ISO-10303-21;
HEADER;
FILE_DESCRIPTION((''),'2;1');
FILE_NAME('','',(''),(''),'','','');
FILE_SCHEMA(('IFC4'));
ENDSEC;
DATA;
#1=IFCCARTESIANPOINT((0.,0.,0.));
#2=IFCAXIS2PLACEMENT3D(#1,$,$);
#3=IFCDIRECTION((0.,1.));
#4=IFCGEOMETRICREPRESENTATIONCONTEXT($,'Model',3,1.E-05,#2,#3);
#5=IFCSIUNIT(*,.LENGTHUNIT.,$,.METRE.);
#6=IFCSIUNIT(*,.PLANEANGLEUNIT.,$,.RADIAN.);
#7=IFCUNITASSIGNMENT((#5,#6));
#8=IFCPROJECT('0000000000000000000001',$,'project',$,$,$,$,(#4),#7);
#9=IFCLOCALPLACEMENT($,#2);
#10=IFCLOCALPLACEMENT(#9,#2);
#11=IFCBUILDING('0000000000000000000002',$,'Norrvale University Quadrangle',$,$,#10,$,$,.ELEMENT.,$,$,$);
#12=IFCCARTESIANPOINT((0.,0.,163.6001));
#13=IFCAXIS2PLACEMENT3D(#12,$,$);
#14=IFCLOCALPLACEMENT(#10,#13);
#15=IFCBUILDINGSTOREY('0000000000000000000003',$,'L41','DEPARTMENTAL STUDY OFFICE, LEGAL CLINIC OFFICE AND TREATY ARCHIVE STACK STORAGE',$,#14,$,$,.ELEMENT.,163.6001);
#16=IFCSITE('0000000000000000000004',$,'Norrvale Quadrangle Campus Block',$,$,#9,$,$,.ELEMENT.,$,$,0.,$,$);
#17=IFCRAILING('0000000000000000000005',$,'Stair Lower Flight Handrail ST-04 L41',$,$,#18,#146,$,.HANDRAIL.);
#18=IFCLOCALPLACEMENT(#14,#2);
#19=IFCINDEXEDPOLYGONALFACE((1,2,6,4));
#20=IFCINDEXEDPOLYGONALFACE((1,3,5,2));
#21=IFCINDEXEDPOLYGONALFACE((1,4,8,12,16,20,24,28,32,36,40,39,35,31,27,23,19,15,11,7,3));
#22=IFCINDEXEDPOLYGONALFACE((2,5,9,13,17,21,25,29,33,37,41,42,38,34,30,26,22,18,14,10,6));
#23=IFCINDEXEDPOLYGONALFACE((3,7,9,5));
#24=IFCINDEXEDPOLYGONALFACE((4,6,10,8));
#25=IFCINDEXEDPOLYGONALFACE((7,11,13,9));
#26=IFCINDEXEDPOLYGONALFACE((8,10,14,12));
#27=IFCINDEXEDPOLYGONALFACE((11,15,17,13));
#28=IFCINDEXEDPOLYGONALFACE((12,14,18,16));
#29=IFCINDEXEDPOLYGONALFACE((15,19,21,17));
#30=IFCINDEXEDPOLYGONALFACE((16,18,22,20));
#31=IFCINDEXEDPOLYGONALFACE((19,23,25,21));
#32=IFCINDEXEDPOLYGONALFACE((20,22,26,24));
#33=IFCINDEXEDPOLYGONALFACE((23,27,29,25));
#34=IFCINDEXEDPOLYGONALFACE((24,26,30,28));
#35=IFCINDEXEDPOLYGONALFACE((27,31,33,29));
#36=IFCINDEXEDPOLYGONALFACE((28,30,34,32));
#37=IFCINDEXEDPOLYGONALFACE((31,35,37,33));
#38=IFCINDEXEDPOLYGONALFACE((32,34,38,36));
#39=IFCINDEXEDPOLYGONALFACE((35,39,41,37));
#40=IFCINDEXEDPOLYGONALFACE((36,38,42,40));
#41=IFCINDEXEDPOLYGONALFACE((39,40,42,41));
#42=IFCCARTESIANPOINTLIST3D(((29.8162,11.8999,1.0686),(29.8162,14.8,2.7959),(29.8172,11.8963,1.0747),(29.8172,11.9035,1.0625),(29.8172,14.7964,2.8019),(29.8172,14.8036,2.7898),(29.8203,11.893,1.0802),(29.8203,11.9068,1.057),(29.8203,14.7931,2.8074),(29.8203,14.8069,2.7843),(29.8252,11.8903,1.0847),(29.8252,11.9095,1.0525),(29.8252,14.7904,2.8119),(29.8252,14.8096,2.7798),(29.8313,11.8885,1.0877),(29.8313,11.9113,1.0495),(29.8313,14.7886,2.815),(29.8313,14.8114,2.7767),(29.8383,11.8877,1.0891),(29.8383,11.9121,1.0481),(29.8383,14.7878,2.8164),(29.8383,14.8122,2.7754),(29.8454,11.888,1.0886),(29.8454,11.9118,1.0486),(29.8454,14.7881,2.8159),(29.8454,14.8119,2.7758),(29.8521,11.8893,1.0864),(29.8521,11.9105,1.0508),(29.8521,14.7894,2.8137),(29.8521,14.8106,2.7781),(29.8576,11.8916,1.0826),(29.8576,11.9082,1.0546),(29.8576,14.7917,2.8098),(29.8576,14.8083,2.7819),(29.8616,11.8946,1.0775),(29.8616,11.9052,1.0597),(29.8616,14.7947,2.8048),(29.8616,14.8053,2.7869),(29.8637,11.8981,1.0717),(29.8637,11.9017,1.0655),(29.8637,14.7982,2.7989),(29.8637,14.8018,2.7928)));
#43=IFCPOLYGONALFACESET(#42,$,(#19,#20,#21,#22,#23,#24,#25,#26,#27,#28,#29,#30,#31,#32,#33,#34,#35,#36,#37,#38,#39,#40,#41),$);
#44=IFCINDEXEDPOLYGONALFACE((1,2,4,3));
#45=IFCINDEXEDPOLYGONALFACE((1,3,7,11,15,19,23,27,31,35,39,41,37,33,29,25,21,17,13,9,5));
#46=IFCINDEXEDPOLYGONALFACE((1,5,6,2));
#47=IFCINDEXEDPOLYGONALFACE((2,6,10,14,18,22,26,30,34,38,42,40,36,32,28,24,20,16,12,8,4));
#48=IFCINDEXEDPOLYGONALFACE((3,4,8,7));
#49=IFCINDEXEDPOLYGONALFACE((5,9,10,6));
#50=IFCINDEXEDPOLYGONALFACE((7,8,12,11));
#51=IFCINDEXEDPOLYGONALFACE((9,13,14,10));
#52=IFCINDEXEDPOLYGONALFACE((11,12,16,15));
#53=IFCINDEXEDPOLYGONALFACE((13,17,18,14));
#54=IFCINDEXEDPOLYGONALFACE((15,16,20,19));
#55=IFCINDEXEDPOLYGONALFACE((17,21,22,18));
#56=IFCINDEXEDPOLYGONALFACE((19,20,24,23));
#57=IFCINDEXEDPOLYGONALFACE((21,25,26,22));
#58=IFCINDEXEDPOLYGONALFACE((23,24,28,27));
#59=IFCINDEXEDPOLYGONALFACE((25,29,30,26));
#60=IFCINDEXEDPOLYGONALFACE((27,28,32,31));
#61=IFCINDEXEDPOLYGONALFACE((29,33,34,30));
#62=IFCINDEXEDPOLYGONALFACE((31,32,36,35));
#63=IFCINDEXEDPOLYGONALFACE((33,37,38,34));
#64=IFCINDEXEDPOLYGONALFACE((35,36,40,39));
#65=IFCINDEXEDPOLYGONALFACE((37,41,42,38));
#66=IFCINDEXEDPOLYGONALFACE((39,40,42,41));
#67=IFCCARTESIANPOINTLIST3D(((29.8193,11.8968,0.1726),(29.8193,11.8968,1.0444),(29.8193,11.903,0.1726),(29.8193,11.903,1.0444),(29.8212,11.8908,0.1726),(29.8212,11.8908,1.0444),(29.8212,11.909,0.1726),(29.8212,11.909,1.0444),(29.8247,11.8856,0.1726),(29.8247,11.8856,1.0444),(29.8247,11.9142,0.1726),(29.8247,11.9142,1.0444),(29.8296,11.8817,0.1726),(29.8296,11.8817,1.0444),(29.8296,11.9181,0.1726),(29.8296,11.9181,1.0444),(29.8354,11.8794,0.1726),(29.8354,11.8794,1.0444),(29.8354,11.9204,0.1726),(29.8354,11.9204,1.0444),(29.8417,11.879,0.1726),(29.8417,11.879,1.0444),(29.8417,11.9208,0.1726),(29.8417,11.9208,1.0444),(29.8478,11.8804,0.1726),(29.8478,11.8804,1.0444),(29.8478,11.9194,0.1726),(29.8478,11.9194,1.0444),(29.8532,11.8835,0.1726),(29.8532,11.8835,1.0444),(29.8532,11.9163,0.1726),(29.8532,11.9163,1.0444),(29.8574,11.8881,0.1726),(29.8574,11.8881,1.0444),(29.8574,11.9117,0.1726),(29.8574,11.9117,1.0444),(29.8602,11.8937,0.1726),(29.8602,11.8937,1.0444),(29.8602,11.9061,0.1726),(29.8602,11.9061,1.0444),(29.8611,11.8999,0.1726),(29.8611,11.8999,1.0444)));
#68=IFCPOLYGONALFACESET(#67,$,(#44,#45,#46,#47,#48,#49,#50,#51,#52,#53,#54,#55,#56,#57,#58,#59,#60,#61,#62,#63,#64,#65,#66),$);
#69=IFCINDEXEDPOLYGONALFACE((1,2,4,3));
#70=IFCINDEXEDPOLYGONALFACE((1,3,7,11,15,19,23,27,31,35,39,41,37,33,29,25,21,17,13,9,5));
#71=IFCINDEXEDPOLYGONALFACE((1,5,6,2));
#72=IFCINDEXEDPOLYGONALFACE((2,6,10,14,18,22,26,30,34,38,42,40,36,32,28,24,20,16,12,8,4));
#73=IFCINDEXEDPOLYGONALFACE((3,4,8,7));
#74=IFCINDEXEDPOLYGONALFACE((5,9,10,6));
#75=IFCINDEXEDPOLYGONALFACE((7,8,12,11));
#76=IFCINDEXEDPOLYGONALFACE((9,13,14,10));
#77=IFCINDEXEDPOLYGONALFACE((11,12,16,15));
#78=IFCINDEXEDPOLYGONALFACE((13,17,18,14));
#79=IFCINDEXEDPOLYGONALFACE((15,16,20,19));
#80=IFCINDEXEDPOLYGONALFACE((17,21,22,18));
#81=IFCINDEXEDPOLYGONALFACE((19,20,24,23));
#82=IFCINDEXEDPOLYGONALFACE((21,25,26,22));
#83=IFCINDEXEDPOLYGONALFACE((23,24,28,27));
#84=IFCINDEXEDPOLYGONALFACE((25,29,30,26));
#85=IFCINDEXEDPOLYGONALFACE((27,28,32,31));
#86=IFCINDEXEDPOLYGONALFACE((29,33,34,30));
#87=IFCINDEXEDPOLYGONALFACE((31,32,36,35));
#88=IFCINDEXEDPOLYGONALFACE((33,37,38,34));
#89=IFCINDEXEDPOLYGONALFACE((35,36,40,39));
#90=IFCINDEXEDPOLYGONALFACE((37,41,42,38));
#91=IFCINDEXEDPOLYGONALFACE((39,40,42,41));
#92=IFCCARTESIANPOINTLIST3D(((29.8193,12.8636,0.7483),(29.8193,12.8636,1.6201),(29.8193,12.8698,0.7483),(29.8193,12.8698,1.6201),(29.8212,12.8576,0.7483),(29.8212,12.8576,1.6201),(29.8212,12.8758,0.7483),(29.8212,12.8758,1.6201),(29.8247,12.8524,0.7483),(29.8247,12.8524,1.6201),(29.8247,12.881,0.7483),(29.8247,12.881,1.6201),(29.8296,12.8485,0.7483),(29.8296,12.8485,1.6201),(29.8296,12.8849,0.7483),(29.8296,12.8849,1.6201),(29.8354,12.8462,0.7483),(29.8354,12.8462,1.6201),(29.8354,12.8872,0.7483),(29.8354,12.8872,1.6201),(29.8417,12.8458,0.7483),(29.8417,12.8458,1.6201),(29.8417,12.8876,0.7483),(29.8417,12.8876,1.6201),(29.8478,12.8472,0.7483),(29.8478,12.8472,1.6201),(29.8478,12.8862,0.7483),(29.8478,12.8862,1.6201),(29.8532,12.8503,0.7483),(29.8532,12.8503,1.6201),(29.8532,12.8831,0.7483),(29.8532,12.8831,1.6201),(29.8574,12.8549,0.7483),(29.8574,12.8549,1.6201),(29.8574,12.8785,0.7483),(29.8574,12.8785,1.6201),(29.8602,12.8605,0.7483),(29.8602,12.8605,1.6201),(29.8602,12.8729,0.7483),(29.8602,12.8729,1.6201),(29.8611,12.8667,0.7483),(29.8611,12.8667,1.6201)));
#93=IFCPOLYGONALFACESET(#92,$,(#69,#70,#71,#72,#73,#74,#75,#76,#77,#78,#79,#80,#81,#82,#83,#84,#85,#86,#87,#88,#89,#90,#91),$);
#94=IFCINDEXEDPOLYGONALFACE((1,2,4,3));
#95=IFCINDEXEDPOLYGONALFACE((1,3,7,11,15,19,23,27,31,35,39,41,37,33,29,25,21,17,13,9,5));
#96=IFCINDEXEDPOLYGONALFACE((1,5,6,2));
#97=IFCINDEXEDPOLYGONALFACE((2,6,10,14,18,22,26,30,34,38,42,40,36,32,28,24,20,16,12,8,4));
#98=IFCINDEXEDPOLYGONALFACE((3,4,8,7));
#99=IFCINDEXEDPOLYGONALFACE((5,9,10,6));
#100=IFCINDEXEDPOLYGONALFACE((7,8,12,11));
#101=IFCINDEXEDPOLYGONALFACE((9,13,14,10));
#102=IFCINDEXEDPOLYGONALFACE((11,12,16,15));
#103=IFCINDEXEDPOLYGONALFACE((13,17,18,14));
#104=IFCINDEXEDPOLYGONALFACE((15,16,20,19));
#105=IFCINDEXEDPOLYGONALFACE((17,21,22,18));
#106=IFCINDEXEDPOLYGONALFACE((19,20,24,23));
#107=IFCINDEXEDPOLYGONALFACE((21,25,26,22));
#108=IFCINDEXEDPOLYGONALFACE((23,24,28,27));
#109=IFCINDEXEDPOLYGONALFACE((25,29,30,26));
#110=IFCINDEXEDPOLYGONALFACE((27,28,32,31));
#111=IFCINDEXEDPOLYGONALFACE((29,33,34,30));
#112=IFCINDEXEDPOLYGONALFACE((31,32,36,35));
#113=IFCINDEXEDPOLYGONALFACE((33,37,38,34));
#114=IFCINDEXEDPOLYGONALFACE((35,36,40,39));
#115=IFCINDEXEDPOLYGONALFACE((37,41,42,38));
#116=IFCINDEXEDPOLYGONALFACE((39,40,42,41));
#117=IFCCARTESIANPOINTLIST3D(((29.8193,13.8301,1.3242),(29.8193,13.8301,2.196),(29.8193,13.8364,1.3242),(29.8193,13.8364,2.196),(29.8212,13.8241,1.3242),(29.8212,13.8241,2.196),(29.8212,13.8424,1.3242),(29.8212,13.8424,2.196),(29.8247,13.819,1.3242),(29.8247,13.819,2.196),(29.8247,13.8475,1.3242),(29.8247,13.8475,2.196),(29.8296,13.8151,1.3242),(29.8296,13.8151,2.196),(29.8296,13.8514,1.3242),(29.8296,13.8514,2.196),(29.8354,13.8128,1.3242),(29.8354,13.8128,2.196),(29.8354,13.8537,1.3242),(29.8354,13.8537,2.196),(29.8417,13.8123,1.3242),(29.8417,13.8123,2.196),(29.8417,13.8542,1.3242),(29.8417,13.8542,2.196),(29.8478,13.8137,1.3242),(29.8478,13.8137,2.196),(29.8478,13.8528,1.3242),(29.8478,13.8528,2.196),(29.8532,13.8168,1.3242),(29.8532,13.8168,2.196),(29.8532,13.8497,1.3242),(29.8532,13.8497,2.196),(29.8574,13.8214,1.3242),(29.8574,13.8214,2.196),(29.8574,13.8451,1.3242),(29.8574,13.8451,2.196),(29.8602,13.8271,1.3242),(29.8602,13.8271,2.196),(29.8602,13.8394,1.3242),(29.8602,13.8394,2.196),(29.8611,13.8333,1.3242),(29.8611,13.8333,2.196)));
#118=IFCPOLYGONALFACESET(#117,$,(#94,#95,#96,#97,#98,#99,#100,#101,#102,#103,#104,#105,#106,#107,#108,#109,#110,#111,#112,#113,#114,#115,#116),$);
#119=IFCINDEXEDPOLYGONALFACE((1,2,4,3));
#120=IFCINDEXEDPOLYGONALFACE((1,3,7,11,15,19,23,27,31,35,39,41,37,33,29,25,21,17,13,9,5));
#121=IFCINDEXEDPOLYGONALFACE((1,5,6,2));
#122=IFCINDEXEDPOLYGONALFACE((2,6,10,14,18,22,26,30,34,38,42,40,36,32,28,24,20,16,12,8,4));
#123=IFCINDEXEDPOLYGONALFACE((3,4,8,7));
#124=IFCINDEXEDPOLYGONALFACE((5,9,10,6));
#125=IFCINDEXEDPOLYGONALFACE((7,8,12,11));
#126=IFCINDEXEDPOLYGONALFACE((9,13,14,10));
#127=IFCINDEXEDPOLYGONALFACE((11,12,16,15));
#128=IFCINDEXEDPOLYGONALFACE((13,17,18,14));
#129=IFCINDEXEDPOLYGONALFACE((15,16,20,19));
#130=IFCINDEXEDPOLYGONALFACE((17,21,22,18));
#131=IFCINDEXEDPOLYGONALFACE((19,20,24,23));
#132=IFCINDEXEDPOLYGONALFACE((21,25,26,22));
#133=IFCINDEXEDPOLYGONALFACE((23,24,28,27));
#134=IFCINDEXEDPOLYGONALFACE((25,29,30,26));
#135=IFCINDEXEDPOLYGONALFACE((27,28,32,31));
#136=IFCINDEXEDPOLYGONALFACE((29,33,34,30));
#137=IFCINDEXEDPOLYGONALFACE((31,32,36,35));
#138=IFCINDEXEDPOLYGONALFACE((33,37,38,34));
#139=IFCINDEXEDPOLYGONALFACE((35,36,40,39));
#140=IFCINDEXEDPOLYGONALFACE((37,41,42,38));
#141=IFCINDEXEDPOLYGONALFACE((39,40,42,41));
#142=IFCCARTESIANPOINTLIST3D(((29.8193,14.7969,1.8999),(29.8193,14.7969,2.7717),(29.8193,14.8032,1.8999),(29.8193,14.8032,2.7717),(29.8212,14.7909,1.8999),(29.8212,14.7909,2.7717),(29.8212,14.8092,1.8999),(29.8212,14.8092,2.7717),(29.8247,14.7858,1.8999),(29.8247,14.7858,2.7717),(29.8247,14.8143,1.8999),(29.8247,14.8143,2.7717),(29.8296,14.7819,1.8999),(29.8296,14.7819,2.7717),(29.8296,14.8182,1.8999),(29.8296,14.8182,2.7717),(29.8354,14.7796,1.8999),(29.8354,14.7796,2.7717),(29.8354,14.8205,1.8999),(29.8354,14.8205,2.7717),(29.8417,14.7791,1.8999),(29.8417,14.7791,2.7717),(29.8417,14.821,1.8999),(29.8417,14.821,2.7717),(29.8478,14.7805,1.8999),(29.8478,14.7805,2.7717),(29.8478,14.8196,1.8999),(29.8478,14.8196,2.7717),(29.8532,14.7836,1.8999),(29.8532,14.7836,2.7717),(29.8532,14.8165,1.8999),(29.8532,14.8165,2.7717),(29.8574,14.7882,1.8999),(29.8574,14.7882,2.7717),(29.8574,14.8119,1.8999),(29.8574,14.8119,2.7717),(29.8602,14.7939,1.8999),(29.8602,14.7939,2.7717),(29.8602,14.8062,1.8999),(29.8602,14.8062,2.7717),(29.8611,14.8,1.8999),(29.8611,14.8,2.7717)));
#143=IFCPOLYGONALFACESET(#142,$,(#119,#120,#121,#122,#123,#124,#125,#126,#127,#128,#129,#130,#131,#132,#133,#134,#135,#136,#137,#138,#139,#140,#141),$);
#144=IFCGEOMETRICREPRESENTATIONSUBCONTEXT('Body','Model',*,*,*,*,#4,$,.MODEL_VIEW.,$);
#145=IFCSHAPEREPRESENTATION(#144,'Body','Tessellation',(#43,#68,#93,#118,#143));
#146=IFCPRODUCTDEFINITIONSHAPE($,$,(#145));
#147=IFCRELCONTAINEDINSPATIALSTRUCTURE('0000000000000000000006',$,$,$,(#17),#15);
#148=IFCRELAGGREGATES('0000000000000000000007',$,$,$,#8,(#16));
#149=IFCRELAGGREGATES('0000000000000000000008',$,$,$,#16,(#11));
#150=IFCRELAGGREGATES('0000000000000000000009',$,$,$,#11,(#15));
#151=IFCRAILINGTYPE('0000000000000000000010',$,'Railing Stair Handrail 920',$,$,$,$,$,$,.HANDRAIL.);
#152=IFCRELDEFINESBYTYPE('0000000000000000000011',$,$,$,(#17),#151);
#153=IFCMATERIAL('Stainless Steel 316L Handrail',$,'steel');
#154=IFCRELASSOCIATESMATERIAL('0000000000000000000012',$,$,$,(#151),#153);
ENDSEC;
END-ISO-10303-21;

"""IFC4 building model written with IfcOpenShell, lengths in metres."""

from ifc_helpers import new_model, si_unit, direction, frame, origin, origin_2d, place, context, subcontext, project, spatial, circle, extrude, material, type_object, element, save


model = new_model("IFC4")

# Units and contexts
model_context = context("Model", 3, precision=1e-05, world=origin(), true_north=direction((0.0, 1.0)))
body_context = subcontext(model_context, "Body", "Model", "MODEL_VIEW")
ifc_project = project(units=[si_unit("LENGTHUNIT", "METRE"), si_unit("PLANEANGLEUNIT", "RADIAN")], contexts=[model_context])

# Site, building, storey
site_placement = place(None, origin())
site = spatial("IfcSite", under=ifc_project, at=site_placement, Name="Norrvale Quadrangle Campus Block", CompositionType="ELEMENT", RefElevation=0.0)
building_placement = place(site_placement, origin())
building = spatial("IfcBuilding", under=site, at=building_placement, Name="Norrvale University Quadrangle", CompositionType="ELEMENT")
storey_placement = place(building_placement, frame((0.0, 0.0, 163.6001)))
storey = spatial("IfcBuildingStorey", under=building, at=storey_placement, Name="L41", Description="DEPARTMENTAL STUDY OFFICE, LEGAL CLINIC OFFICE AND TREATY ARCHIVE STACK STORAGE", CompositionType="ELEMENT", Elevation=163.6001)

# Railing
ifc_material_1 = material(Name="Stainless Steel 316L Handrail", Category="steel")
railing_type_1 = type_object("IfcRailingType", Name="Railing Stair Handrail 920", PredefinedType="HANDRAIL", material=ifc_material_1)
railing_1_placement = place(storey_placement, frame((29.8401, 11.8999, 0.1726)))
element("IfcRailing", 1, at=railing_1_placement, inside=storey, type_object=railing_type_1, Name="Stair Lower Flight Handrail ST-04 L41", PredefinedType="HANDRAIL", context=body_context, shape_type="SweptSolid", body=[
    extrude(circle(Radius=0.0239, at=origin_2d()), frame((0.0, 0.0, 0.896), z_axis=(0.0, 0.85916, 0.511706), x_axis=(-1.0, 0.0, 0.0)), (0.0, 0.0, 1.0), 3.3755),
    extrude(circle(Radius=0.021, at=origin_2d()), origin(), (0.0, 0.0, 1.0), 0.8718),
    extrude(circle(Radius=0.021, at=origin_2d()), frame((0.0, 0.9668, 0.5757)), (0.0, 0.0, 1.0), 0.8718),
    extrude(circle(Radius=0.021, at=origin_2d()), frame((0.0, 1.9333, 1.1516)), (0.0, 0.0, 1.0), 0.8718),
    extrude(circle(Radius=0.021, at=origin_2d()), frame((0.0, 2.9001, 1.7273)), (0.0, 0.0, 1.0), 0.8718),
])

save(model, "model.ifc")
